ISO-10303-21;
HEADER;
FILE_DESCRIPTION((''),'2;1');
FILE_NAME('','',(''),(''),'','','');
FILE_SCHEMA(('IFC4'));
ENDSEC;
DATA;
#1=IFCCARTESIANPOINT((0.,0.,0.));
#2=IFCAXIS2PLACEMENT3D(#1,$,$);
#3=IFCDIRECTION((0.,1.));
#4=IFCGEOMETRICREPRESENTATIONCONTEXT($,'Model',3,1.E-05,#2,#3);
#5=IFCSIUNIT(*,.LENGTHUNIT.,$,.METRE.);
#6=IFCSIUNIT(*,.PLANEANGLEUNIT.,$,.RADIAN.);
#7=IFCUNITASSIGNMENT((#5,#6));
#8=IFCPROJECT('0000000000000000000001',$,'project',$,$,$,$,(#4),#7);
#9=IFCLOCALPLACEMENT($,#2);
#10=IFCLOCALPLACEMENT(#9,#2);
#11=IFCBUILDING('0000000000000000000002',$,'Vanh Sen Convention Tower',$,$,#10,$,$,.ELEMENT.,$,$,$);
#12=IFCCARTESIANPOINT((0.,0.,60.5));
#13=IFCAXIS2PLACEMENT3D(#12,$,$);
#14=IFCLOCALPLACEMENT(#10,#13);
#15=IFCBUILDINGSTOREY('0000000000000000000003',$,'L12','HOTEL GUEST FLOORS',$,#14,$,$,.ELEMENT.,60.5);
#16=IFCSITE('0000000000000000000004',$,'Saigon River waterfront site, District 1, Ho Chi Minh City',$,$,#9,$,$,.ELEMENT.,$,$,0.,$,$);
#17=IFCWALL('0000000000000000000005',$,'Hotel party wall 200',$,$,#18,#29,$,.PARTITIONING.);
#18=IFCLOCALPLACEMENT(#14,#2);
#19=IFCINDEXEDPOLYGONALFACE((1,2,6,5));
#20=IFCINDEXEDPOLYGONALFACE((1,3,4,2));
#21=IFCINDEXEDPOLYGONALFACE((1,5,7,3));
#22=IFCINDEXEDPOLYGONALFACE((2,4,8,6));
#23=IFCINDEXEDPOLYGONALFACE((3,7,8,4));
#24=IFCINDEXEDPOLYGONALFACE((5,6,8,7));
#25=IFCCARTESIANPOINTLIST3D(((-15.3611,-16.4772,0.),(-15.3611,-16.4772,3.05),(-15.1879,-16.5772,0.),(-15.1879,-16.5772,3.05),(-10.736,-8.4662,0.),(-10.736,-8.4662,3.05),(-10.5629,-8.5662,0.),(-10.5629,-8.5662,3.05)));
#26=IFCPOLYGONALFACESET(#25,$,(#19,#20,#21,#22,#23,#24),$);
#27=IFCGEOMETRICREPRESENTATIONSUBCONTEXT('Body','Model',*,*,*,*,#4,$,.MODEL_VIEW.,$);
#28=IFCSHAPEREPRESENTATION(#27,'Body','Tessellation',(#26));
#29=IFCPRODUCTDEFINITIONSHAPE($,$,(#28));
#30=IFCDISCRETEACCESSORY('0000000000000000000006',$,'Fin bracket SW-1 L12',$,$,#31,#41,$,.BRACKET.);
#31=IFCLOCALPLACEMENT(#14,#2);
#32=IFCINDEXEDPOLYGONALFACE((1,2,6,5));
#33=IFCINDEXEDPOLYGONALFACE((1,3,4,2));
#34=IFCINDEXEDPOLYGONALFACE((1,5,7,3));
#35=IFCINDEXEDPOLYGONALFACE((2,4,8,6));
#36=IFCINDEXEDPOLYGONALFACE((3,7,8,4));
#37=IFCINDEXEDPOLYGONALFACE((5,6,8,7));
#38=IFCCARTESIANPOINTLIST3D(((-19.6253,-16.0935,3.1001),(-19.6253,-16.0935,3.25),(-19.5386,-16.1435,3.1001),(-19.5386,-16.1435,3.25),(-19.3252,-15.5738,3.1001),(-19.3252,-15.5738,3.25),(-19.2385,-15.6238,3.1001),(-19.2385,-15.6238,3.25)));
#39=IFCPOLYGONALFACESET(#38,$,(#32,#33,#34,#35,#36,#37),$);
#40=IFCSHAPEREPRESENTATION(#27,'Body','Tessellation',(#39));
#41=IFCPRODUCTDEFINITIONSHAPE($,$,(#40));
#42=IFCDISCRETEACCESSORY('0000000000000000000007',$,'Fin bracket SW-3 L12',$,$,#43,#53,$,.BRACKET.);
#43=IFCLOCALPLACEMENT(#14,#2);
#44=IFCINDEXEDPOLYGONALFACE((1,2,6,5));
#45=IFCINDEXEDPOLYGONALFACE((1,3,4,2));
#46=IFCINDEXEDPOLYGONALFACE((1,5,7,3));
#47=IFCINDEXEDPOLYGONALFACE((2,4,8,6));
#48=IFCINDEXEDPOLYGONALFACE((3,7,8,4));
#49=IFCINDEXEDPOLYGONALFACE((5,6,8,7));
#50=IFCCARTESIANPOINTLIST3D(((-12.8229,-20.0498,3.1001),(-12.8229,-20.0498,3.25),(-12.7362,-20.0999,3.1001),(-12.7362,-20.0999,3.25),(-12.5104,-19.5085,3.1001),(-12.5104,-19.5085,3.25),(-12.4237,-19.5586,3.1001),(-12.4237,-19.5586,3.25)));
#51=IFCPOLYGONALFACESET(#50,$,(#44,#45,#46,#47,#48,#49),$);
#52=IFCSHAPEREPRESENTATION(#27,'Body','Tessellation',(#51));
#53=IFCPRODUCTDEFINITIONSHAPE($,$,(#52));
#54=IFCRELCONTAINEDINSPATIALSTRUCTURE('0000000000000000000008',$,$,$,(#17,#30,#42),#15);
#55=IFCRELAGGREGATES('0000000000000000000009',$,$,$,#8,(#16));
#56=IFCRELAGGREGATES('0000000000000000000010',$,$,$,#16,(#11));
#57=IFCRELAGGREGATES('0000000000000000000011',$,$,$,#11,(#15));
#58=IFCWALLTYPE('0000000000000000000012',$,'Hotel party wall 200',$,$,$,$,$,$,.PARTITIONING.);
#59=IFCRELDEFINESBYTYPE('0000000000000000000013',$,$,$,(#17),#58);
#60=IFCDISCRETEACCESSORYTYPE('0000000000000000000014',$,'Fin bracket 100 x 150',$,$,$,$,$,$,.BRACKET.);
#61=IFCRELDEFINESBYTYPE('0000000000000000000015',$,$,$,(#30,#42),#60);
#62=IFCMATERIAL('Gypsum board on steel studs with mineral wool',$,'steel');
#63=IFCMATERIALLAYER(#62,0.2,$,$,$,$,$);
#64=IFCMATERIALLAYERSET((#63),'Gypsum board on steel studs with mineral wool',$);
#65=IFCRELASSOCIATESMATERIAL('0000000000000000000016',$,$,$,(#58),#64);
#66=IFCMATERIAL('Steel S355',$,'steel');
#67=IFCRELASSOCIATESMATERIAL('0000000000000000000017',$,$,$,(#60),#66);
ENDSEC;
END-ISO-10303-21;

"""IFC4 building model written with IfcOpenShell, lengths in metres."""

from ifc_helpers import new_model, si_unit, direction, frame, frame_2d, origin, origin_2d, place, context, subcontext, project, spatial, rectangle, extrude, material, layer, layer_set, type_object, element, save


model = new_model("IFC4")

# Units and contexts
model_context = context("Model", 3, precision=1e-05, world=origin(), true_north=direction((0.0, 1.0)))
body_context = subcontext(model_context, "Body", "Model", "MODEL_VIEW")
ifc_project = project(units=[si_unit("LENGTHUNIT", "METRE"), si_unit("PLANEANGLEUNIT", "RADIAN")], contexts=[model_context])

# Site, building, storey
site_placement = place(None, origin())
site = spatial("IfcSite", under=ifc_project, at=site_placement, Name="Saigon River waterfront site, District 1, Ho Chi Minh City", CompositionType="ELEMENT", RefElevation=0.0)
building_placement = place(site_placement, origin())
building = spatial("IfcBuilding", under=site, at=building_placement, Name="Vanh Sen Convention Tower", CompositionType="ELEMENT")
storey_placement = place(building_placement, frame((0.0, 0.0, 60.5)))
storey = spatial("IfcBuildingStorey", under=building, at=storey_placement, Name="L12", Description="HOTEL GUEST FLOORS", CompositionType="ELEMENT", Elevation=60.5)

# Wall
ifc_material_1 = material(Name="Gypsum board on steel studs with mineral wool", Category="steel")
ifc_layer_1 = layer(ifc_material_1, 0.2)
ifc_layer_set_1 = layer_set([ifc_layer_1], Name="Gypsum board on steel studs with mineral wool")
wall_type_1 = type_object("IfcWallType", Name="Hotel party wall 200", PredefinedType="PARTITIONING", material=ifc_layer_set_1)
wall_1_placement = place(storey_placement, frame((-15.2744, -16.5271, 0.0), z_axis=(0.0, 0.0, 1.0), x_axis=(0.499988, 0.866032, 0.0)))
element("IfcWall", 1, at=wall_1_placement, inside=storey, type_object=wall_type_1, Name="Hotel party wall 200", PredefinedType="PARTITIONING", context=body_context, shape_type="SweptSolid", body=[
    extrude(rectangle(XDim=9.2502, YDim=0.2, at=frame_2d((4.625, 0.0))), origin(), (0.0, 0.0, 1.0), 3.05),
])

# Discrete accessories
ifc_material_2 = material(Name="Steel S355", Category="steel")
discrete_accessory_type = type_object("IfcDiscreteAccessoryType", Name="Fin bracket 100 x 150", PredefinedType="BRACKET", material=ifc_material_2)
discrete_accessory_1_placement = place(storey_placement, frame((-19.4319, -15.8586, 3.1001), z_axis=(0.0, 0.0, 1.0), x_axis=(-0.5, -0.866025, 0.0)))
element("IfcDiscreteAccessory", 2, at=discrete_accessory_1_placement, inside=storey, type_object=discrete_accessory_type, Name="Fin bracket SW-1 L12", PredefinedType="BRACKET", context=body_context, shape_type="SweptSolid", body=[
    extrude(rectangle(XDim=0.6001, YDim=0.1001, at=origin_2d()), origin(), (0.0, 0.0, 1.0), 0.1499),
])
discrete_accessory_2_placement = place(storey_placement, frame((-12.6233, -19.8042, 3.1001), z_axis=(0.0, 0.0, 1.0), x_axis=(-0.5, -0.866025, 0.0)))
element("IfcDiscreteAccessory", 3, at=discrete_accessory_2_placement, inside=storey, type_object=discrete_accessory_type, Name="Fin bracket SW-3 L12", PredefinedType="BRACKET", context=body_context, shape_type="SweptSolid", body=[
    extrude(rectangle(XDim=0.625, YDim=0.1001, at=origin_2d()), origin(), (0.0, 0.0, 1.0), 0.1499),
])

save(model, "model.ifc")
